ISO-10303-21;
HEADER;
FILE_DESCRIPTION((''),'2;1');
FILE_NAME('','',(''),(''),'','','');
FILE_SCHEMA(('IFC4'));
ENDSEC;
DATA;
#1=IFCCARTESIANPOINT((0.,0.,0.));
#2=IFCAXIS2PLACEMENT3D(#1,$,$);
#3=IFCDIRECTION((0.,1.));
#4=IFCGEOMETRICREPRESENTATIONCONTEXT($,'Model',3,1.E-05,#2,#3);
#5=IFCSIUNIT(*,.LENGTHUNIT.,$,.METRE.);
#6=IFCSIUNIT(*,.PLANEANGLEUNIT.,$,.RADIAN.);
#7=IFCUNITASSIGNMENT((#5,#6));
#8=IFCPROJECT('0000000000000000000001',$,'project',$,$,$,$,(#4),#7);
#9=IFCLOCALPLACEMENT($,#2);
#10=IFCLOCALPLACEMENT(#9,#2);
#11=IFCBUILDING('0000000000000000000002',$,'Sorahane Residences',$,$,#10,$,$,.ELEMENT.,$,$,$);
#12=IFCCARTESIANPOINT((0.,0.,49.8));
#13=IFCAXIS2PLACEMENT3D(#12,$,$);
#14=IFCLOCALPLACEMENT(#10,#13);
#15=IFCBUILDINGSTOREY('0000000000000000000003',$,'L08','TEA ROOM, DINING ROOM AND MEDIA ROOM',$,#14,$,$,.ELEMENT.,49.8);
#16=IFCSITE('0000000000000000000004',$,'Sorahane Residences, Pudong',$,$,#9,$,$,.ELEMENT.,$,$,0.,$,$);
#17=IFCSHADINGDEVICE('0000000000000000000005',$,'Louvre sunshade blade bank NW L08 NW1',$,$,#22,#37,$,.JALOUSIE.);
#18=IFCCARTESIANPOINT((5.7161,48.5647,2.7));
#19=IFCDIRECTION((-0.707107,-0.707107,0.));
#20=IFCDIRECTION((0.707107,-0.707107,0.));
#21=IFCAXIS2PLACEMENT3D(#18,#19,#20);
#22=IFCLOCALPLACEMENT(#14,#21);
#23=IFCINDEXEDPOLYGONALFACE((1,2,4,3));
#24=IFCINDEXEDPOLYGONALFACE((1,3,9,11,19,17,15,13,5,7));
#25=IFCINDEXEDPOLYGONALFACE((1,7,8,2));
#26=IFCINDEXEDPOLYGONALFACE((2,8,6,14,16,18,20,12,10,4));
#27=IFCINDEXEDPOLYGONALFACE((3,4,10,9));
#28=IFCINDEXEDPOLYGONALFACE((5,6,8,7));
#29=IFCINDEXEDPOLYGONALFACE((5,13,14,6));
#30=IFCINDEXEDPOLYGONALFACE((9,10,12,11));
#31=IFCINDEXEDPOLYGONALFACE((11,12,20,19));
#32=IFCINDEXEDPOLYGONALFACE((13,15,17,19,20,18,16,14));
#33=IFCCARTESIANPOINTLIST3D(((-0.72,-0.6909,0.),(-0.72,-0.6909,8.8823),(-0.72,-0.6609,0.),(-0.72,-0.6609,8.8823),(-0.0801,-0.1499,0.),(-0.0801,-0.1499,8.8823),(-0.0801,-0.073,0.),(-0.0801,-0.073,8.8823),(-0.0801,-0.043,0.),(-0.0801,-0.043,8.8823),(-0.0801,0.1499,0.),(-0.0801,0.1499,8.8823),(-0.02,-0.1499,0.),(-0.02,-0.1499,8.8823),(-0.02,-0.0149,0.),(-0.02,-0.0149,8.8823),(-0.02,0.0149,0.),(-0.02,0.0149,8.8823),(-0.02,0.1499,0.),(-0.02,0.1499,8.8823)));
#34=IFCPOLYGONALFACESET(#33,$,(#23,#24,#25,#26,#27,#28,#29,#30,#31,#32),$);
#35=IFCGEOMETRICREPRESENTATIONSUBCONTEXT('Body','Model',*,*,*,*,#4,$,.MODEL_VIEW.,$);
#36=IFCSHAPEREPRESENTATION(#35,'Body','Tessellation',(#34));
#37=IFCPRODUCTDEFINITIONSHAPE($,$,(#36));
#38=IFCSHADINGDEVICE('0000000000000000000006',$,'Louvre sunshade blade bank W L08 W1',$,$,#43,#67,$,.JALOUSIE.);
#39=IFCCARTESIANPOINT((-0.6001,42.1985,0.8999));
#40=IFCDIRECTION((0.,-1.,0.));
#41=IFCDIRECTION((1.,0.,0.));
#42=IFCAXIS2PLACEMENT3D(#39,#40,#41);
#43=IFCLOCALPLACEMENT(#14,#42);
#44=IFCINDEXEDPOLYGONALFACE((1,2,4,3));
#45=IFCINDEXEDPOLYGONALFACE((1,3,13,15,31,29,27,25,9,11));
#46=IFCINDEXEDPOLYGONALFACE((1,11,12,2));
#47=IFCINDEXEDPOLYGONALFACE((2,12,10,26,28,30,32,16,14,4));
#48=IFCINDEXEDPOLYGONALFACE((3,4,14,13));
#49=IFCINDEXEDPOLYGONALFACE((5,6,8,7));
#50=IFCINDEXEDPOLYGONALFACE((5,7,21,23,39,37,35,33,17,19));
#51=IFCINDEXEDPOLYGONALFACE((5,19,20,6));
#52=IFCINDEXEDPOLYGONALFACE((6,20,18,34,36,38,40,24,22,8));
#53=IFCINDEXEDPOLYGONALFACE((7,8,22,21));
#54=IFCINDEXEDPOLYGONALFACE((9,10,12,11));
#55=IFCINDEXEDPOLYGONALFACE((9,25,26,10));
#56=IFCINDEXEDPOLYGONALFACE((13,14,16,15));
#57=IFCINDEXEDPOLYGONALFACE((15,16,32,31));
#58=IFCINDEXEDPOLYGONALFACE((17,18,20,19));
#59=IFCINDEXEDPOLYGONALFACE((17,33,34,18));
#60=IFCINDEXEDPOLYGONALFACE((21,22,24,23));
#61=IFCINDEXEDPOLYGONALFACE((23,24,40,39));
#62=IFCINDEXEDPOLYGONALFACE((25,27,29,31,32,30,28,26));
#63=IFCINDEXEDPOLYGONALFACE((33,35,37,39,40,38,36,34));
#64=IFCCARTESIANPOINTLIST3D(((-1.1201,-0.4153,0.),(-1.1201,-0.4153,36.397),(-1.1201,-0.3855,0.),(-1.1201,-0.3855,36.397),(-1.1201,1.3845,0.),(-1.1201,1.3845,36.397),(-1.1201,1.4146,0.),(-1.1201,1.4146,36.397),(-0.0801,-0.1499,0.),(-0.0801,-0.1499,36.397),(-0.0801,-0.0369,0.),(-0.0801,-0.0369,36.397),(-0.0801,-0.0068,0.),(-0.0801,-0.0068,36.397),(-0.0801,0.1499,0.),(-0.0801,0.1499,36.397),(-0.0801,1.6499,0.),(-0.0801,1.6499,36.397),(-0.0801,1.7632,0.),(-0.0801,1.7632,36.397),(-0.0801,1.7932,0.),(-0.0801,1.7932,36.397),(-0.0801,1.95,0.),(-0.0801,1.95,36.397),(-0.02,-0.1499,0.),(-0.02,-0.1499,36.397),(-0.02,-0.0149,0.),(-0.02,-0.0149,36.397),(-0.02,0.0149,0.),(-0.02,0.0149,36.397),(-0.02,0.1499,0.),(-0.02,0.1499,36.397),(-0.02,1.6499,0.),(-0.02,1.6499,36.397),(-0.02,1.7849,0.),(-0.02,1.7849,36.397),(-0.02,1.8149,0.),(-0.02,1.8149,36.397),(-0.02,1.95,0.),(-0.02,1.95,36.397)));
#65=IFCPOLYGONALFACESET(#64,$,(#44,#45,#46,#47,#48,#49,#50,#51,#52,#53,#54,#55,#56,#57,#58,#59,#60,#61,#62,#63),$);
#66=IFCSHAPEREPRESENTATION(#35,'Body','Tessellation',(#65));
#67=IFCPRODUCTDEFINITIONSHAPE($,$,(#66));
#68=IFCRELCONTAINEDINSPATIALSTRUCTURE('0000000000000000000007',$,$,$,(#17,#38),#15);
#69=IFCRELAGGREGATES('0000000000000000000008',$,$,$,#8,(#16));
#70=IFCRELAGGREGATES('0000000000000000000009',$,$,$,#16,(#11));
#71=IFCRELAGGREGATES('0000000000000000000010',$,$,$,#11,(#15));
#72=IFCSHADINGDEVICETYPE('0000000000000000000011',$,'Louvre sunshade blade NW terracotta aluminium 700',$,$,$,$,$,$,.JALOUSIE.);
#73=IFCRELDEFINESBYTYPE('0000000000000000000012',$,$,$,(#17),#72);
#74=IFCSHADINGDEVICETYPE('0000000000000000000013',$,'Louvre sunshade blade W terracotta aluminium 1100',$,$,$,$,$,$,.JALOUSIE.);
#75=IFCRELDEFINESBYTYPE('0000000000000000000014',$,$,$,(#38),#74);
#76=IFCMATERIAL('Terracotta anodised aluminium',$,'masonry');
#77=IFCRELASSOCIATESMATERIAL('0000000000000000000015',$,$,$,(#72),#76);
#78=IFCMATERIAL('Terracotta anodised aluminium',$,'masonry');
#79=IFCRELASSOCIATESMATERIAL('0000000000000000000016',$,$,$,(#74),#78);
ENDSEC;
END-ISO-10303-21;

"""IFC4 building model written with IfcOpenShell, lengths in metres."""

from ifc_helpers import new_model, si_unit, direction, frame, origin, place, context, subcontext, project, spatial, polyline, outline, composite_profile, extrude, material, type_object, element, save


model = new_model("IFC4")

# Units and contexts
model_context = context("Model", 3, precision=1e-05, world=origin(), true_north=direction((0.0, 1.0)))
body_context = subcontext(model_context, "Body", "Model", "MODEL_VIEW")
ifc_project = project(units=[si_unit("LENGTHUNIT", "METRE"), si_unit("PLANEANGLEUNIT", "RADIAN")], contexts=[model_context])

# Site, building, storey
site_placement = place(None, origin())
site = spatial("IfcSite", under=ifc_project, at=site_placement, Name="Sorahane Residences, Pudong", CompositionType="ELEMENT", RefElevation=0.0)
building_placement = place(site_placement, origin())
building = spatial("IfcBuilding", under=site, at=building_placement, Name="Sorahane Residences", CompositionType="ELEMENT")
storey_placement = place(building_placement, frame((0.0, 0.0, 49.8)))
storey = spatial("IfcBuildingStorey", under=building, at=storey_placement, Name="L08", Description="TEA ROOM, DINING ROOM AND MEDIA ROOM", CompositionType="ELEMENT", Elevation=49.8)

# Shading devices
ifc_material_1 = material(Name="Terracotta anodised aluminium", Category="masonry")
shading_device_type_1 = type_object("IfcShadingDeviceType", Name="Louvre sunshade blade NW terracotta aluminium 700", PredefinedType="JALOUSIE", material=ifc_material_1)
shading_device_1_placement = place(storey_placement, frame((5.7161, 48.5647, 2.7), z_axis=(-0.707107, -0.707107, 0.0), x_axis=(0.707107, -0.707107, 0.0)))
element("IfcShadingDevice", 1, at=shading_device_1_placement, inside=storey, type_object=shading_device_type_1, Name="Louvre sunshade blade bank NW L08 NW1", PredefinedType="JALOUSIE", context=body_context, shape_type="SweptSolid", body=[
    extrude(outline(polyline([(-0.72, -0.6609), (-0.72, -0.6909), (-0.0801, -0.073), (-0.0801, -0.1499), (-0.02, -0.1499), (-0.02, -0.0149), (-0.02, 0.0149), (-0.02, 0.1499), (-0.0801, 0.1499), (-0.0801, -0.043), (-0.72, -0.6609)])), origin(), (0.0, 0.0, 1.0), 8.8823),
])
ifc_material_2 = material(Name="Terracotta anodised aluminium", Category="masonry")
shading_device_type_2 = type_object("IfcShadingDeviceType", Name="Louvre sunshade blade W terracotta aluminium 1100", PredefinedType="JALOUSIE", material=ifc_material_2)
shading_device_2_placement = place(storey_placement, frame((-0.6001, 42.1985, 0.8999), z_axis=(0.0, -1.0, 0.0), x_axis=(1.0, 0.0, 0.0)))
element("IfcShadingDevice", 2, at=shading_device_2_placement, inside=storey, type_object=shading_device_type_2, Name="Louvre sunshade blade bank W L08 W1", PredefinedType="JALOUSIE", context=body_context, shape_type="SweptSolid", body=[
    extrude(composite_profile([outline(polyline([(-1.1201, -0.3855), (-1.1201, -0.4153), (-0.0801, -0.0369), (-0.0801, -0.1499), (-0.02, -0.1499), (-0.02, -0.0149), (-0.02, 0.0149), (-0.02, 0.1499), (-0.0801, 0.1499), (-0.0801, -0.0068), (-1.1201, -0.3855)])), outline(polyline([(-1.1201, 1.4146), (-1.1201, 1.3845), (-0.0801, 1.7632), (-0.0801, 1.6499), (-0.02, 1.6499), (-0.02, 1.7849), (-0.02, 1.8149), (-0.02, 1.95), (-0.0801, 1.95), (-0.0801, 1.7932), (-1.1201, 1.4146)]))]), origin(), (0.0, 0.0, 1.0), 36.397),
])

save(model, "model.ifc")
